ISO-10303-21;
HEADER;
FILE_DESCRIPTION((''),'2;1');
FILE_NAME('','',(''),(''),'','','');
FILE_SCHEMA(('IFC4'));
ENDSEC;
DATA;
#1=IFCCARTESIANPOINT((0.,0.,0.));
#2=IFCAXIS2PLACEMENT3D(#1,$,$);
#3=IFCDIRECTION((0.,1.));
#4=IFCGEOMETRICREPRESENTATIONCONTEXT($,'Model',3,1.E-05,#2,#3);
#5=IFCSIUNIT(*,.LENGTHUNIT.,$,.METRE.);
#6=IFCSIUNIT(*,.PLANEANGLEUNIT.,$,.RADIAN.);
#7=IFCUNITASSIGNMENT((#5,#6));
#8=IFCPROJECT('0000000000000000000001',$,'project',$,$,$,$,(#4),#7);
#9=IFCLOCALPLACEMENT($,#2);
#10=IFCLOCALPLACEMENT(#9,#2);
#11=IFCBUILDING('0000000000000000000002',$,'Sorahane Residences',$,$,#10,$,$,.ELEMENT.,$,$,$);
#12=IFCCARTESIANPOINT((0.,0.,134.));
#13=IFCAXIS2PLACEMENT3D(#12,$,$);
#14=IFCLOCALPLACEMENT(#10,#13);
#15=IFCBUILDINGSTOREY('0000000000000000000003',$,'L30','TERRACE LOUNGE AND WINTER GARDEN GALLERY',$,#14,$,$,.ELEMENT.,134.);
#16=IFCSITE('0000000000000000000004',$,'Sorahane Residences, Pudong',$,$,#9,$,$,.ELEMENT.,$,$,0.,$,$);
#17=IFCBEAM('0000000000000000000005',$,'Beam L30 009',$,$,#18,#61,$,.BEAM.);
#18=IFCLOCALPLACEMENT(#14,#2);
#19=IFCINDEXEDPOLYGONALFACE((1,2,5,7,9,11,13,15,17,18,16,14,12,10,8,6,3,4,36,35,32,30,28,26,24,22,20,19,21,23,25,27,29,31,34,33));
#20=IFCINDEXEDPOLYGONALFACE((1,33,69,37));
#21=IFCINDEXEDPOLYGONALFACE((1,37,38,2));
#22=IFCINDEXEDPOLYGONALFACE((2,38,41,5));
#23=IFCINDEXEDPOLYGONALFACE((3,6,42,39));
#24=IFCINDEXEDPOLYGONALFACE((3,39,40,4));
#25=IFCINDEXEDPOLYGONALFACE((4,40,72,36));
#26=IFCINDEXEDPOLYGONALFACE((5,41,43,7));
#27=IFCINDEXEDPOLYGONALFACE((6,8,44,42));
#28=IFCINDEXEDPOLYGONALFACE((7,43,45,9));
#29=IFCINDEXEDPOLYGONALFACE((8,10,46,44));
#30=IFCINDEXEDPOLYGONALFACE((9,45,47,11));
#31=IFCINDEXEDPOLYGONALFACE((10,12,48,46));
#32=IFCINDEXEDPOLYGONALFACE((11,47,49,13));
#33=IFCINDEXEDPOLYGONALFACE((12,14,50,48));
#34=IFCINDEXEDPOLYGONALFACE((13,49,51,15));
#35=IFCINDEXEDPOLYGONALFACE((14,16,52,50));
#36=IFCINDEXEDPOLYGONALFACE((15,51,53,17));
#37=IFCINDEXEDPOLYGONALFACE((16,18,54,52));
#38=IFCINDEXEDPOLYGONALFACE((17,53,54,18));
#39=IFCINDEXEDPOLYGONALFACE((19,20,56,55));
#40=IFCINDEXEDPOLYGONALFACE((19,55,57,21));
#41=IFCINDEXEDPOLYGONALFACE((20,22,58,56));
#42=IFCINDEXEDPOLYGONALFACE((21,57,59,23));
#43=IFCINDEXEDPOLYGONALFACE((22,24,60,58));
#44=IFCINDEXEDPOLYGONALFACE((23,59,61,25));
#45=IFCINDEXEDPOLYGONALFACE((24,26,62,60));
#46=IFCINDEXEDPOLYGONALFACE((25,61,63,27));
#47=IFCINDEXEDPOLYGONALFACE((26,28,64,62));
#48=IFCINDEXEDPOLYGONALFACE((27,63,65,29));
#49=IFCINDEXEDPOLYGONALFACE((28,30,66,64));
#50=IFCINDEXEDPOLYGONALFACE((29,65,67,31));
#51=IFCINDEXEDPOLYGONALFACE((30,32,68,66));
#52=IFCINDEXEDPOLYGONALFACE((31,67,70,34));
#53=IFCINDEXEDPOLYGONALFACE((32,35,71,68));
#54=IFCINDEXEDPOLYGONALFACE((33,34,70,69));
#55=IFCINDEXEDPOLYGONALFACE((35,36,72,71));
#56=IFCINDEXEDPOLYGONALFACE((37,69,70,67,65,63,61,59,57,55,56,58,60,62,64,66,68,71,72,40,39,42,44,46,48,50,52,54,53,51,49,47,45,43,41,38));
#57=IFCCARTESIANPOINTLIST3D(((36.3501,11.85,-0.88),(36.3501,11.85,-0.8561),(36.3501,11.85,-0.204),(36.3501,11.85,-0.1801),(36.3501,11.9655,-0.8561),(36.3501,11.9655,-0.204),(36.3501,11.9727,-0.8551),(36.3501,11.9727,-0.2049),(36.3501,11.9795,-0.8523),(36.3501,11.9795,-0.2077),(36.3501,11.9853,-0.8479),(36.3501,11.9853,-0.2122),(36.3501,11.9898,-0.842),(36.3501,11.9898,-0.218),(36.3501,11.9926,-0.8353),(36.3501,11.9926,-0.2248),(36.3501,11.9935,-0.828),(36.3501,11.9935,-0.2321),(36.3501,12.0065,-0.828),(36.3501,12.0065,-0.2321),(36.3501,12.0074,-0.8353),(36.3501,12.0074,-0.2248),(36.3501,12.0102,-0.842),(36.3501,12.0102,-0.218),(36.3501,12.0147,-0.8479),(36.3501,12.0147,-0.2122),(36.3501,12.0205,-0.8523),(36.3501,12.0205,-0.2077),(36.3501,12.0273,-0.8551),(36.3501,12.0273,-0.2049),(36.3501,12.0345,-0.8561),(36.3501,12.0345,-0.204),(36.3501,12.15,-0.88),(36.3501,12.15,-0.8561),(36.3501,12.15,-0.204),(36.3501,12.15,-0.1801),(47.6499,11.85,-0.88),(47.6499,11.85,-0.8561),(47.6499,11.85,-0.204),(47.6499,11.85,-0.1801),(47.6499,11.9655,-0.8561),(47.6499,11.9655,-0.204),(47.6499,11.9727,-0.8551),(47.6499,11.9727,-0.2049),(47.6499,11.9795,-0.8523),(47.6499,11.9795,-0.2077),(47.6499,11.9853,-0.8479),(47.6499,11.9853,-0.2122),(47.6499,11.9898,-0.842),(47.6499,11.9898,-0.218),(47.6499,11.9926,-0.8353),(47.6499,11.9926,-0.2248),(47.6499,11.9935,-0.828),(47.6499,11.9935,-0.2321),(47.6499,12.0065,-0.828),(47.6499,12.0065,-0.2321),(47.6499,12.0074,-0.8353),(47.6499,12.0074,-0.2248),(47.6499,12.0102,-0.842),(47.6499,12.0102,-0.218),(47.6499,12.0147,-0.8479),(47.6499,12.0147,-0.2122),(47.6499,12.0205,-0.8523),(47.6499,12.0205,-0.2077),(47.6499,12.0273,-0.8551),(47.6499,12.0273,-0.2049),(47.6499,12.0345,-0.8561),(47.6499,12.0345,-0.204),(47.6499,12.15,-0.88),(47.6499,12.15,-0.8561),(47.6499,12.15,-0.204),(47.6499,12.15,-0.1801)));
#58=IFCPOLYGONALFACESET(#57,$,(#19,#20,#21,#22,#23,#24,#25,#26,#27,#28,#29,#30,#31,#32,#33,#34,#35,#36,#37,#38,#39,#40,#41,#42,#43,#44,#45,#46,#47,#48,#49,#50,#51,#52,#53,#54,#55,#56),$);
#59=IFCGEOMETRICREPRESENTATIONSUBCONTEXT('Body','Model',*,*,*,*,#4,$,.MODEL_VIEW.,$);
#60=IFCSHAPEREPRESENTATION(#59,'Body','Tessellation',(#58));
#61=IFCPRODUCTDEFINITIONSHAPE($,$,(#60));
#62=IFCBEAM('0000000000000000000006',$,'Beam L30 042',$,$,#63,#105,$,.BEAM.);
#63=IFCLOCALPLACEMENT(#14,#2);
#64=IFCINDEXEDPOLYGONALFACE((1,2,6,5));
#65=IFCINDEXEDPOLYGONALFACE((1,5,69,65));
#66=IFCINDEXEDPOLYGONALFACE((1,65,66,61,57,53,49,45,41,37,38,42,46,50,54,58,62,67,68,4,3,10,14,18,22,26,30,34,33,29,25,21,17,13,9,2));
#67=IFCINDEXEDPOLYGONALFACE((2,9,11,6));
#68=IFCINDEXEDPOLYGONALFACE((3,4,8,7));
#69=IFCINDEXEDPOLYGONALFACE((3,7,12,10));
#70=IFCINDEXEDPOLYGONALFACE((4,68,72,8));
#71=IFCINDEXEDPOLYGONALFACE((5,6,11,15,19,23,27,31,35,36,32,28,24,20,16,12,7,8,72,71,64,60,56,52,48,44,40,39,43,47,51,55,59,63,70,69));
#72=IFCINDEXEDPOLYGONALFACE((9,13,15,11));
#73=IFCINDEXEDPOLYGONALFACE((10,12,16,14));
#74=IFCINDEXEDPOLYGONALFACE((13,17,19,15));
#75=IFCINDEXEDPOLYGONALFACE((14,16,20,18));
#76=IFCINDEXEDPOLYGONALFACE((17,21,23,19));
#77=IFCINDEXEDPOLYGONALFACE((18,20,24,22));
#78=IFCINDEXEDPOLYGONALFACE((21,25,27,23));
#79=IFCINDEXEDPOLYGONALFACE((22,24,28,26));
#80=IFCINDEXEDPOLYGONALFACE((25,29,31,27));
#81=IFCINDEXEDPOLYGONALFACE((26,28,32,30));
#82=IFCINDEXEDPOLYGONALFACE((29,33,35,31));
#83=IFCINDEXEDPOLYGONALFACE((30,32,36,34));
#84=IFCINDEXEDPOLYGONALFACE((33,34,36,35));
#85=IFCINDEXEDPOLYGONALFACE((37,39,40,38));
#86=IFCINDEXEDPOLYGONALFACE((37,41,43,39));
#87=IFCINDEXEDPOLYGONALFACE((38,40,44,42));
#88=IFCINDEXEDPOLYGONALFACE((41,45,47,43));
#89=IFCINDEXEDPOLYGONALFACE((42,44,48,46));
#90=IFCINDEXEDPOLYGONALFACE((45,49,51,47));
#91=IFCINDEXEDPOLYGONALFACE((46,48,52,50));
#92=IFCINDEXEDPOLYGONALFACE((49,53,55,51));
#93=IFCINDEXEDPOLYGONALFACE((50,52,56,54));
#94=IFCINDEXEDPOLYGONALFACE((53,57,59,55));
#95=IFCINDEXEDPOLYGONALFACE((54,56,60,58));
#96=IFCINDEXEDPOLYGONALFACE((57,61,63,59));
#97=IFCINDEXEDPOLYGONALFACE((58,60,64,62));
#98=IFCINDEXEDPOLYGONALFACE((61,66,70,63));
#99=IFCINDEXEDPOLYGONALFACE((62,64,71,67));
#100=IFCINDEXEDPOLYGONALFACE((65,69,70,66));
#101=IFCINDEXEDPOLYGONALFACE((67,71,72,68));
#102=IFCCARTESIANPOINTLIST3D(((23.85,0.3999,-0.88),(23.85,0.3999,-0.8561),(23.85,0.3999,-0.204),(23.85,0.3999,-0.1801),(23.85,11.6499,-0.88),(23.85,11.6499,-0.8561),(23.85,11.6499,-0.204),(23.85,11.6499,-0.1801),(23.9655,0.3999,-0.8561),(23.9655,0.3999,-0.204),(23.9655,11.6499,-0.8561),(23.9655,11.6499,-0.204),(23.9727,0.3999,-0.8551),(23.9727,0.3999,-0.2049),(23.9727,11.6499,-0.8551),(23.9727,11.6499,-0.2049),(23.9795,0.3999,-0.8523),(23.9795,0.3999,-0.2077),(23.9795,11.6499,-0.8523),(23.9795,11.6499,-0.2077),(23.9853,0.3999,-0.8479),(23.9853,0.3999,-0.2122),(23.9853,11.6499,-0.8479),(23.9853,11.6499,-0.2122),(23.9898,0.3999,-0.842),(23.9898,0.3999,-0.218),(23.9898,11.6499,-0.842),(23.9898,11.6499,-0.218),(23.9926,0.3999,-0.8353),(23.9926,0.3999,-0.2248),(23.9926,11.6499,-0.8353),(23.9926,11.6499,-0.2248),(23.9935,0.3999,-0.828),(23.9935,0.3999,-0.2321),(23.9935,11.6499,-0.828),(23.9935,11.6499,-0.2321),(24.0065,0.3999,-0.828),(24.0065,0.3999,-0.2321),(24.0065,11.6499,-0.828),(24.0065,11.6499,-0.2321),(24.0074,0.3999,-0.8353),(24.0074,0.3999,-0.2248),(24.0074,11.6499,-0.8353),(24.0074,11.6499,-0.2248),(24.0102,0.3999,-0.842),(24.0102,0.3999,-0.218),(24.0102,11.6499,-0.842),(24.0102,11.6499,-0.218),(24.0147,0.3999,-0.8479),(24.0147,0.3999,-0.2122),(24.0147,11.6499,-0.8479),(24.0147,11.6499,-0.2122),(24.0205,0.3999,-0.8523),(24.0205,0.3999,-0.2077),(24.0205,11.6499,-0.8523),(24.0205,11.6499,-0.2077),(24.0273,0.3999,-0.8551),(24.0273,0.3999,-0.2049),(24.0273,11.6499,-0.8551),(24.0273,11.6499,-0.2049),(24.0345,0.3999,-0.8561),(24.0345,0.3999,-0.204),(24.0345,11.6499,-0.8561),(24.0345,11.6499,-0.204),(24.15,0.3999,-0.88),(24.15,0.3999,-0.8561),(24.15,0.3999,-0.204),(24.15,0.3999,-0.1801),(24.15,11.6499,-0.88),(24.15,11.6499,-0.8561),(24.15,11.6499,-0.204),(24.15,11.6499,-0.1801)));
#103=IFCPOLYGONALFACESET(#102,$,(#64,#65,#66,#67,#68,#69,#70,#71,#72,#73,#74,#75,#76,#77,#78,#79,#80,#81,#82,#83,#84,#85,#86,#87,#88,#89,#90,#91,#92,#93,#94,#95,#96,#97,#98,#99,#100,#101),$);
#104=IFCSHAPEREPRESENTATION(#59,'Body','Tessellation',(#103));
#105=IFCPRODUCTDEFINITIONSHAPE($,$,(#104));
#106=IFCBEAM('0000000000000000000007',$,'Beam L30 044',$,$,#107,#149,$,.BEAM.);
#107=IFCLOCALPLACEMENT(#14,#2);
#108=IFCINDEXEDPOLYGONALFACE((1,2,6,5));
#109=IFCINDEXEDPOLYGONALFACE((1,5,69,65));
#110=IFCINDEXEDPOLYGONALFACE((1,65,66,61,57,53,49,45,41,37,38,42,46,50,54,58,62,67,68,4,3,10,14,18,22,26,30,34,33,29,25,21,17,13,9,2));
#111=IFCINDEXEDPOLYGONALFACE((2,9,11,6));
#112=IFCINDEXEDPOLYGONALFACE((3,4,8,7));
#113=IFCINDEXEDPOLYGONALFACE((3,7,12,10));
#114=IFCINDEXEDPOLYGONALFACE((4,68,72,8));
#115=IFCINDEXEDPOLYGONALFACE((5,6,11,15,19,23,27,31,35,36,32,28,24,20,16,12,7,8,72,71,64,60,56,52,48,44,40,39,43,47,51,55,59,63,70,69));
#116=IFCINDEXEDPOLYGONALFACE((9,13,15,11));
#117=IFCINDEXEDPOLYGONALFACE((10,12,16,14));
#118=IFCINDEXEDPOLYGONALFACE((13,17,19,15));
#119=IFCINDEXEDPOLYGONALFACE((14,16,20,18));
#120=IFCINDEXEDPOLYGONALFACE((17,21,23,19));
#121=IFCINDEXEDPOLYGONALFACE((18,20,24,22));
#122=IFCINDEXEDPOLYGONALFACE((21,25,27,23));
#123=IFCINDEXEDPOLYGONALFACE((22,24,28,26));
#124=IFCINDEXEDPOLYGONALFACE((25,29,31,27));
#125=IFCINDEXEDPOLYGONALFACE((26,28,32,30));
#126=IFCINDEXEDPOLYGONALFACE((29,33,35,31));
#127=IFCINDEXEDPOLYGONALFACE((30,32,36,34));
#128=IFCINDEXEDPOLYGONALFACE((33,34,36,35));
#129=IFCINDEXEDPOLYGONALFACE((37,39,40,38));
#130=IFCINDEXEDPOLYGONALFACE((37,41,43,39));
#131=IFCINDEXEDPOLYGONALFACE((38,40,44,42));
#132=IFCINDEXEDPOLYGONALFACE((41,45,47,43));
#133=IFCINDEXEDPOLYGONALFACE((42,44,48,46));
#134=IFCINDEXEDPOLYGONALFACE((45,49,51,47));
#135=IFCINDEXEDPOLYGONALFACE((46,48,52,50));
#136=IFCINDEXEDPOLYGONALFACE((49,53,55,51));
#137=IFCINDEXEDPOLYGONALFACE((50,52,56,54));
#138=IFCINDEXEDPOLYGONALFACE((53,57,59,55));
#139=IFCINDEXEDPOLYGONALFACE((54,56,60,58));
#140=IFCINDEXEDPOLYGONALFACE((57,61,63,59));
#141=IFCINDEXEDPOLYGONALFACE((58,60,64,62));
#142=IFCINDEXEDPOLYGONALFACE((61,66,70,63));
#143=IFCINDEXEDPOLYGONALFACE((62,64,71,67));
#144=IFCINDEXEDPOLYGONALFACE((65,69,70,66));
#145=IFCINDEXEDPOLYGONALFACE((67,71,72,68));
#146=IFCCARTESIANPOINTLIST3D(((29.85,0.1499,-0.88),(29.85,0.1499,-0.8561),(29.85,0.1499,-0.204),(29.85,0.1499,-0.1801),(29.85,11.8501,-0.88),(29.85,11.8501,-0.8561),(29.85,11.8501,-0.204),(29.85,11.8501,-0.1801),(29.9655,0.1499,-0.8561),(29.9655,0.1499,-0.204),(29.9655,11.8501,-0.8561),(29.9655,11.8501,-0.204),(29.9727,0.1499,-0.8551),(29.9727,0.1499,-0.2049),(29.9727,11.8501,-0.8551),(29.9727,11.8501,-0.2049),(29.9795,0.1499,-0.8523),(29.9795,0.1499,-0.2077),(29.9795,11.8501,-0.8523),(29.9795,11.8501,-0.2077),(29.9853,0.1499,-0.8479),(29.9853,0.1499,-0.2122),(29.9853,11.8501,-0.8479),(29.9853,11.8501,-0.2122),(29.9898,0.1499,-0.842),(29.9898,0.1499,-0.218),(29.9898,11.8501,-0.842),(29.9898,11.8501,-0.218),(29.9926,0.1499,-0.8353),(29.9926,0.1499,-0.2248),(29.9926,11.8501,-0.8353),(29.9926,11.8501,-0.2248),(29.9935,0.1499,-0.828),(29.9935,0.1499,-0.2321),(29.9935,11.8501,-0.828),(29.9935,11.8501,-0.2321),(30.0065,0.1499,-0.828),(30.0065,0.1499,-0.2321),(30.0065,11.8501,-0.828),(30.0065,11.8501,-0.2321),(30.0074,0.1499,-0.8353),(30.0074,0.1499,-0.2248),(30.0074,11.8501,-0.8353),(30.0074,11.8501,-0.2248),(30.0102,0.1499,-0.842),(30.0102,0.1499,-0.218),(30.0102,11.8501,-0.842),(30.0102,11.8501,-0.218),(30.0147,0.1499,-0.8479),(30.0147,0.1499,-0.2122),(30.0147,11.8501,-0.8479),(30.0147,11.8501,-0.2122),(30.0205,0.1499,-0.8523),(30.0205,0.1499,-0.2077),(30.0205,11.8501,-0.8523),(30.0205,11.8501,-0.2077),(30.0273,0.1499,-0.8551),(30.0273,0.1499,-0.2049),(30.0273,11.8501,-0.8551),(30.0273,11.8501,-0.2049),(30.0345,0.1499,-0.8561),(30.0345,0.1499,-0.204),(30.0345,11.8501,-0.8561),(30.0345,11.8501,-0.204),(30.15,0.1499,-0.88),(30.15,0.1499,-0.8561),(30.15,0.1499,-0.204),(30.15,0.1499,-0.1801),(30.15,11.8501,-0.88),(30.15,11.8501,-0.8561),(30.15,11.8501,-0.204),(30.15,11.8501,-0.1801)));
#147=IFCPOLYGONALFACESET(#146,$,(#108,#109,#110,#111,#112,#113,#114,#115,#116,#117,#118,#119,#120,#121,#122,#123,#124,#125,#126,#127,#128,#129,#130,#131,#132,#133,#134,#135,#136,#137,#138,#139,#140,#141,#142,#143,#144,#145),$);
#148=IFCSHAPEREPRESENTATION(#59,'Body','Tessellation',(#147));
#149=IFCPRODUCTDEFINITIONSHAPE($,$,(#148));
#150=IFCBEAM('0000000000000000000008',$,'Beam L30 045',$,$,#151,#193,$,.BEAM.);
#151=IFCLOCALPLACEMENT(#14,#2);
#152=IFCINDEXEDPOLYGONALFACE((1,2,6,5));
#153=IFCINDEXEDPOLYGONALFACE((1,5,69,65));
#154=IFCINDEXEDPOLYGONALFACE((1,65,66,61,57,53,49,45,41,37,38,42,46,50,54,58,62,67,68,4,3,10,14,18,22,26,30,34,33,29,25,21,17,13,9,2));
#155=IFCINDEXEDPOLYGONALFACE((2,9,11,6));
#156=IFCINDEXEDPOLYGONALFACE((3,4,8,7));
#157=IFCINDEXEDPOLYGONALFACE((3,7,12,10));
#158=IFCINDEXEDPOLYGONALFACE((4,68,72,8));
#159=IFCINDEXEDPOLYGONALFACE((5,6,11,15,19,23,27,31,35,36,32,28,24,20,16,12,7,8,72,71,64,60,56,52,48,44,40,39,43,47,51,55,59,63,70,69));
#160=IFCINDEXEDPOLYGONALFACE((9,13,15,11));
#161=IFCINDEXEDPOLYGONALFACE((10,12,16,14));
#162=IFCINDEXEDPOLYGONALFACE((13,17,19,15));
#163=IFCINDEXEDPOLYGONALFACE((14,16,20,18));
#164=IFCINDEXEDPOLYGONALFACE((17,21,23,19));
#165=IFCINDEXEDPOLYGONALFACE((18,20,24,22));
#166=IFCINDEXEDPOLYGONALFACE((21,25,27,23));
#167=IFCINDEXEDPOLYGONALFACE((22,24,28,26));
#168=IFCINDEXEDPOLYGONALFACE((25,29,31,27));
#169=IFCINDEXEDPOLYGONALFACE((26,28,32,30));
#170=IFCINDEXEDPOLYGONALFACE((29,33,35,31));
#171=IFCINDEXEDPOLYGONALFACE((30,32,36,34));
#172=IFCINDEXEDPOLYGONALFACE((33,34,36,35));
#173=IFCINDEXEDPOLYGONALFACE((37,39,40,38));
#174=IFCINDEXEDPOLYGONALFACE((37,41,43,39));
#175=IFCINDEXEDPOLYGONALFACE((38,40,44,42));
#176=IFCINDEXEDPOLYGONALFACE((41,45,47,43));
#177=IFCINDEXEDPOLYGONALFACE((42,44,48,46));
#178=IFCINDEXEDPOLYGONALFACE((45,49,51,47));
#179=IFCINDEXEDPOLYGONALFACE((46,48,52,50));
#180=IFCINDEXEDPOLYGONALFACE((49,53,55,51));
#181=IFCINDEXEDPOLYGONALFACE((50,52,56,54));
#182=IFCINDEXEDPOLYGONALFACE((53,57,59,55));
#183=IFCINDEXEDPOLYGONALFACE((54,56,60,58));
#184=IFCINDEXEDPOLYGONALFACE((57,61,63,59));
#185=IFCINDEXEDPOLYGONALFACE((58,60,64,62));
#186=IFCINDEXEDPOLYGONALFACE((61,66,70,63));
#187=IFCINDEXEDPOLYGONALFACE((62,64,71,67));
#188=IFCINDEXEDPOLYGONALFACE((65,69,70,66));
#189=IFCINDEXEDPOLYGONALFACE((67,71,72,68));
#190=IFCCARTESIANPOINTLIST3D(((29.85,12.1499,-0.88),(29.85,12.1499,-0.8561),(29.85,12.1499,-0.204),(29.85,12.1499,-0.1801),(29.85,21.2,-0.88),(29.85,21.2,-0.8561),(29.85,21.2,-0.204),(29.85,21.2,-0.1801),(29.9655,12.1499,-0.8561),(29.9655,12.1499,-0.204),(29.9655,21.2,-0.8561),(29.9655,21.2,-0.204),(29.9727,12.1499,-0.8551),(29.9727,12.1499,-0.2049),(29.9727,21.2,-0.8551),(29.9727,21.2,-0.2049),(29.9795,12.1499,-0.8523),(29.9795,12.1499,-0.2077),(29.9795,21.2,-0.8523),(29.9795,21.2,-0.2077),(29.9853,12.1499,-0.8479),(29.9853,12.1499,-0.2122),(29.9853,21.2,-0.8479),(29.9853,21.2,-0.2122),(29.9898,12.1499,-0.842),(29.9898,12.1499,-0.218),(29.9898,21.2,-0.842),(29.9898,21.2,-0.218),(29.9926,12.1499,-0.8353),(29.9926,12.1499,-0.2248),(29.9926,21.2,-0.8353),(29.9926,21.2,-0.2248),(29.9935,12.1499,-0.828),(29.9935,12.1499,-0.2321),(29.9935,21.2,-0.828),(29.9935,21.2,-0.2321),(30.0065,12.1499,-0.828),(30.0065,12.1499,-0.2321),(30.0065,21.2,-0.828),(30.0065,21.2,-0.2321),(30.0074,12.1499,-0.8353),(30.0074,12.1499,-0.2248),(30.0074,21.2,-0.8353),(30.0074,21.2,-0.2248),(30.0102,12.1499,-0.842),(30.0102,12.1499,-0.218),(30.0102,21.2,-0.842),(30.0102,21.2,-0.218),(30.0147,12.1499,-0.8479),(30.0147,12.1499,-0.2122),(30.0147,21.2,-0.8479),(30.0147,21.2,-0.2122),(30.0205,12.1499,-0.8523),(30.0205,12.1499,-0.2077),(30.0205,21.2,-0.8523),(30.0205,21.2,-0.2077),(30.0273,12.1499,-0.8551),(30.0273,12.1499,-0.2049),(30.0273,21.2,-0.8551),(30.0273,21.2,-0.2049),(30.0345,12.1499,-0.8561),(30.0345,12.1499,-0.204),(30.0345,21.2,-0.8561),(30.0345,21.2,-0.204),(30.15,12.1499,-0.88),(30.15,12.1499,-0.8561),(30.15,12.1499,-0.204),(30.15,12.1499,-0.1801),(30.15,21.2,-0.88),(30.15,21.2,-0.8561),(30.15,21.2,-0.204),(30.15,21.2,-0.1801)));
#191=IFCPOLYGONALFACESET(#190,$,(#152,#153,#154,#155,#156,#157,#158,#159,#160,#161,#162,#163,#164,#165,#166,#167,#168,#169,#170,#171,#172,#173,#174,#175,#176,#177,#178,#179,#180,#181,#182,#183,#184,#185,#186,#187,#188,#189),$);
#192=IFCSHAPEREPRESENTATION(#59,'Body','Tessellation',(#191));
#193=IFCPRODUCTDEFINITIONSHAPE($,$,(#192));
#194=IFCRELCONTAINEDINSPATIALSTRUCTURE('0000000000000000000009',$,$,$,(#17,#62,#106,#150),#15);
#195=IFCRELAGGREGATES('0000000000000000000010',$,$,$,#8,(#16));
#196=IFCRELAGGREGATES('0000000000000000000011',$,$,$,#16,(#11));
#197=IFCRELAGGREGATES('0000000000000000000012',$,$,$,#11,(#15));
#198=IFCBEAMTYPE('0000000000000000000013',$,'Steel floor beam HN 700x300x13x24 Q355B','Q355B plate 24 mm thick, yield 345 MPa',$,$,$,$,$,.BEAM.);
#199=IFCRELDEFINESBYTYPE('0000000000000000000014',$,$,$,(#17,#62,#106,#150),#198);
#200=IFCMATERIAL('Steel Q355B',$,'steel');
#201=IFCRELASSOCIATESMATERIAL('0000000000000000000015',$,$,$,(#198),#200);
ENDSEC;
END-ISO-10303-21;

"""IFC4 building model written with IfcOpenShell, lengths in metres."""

from ifc_helpers import new_model, si_unit, direction, frame, origin, origin_2d, place, context, subcontext, project, spatial, i_section, extrude, material, material_profile, profile_set, type_object, element, save


model = new_model("IFC4")

# Units and contexts
model_context = context("Model", 3, precision=1e-05, world=origin(), true_north=direction((0.0, 1.0)))
body_context = subcontext(model_context, "Body", "Model", "MODEL_VIEW")
ifc_project = project(units=[si_unit("LENGTHUNIT", "METRE"), si_unit("PLANEANGLEUNIT", "RADIAN")], contexts=[model_context])

# Site, building, storey
site_placement = place(None, origin())
site = spatial("IfcSite", under=ifc_project, at=site_placement, Name="Sorahane Residences, Pudong", CompositionType="ELEMENT", RefElevation=0.0)
building_placement = place(site_placement, origin())
building = spatial("IfcBuilding", under=site, at=building_placement, Name="Sorahane Residences", CompositionType="ELEMENT")
storey_placement = place(building_placement, frame((0.0, 0.0, 134.0)))
storey = spatial("IfcBuildingStorey", under=building, at=storey_placement, Name="L30", Description="TERRACE LOUNGE AND WINTER GARDEN GALLERY", CompositionType="ELEMENT", Elevation=134.0)

# Beams
ifc_material_1 = material(Name="Steel Q355B", Category="steel")
ifc_material_profile_1 = material_profile(ifc_material_1, i_section(OverallWidth=0.3, OverallDepth=0.7, WebThickness=0.0129, FlangeThickness=0.0239, FilletRadius=0.0281, at=origin_2d()), Name="HN 700x300x13x24")
ifc_profile_set_1 = profile_set([ifc_material_profile_1], Name="Steel Q355B")
beam_type_1 = type_object("IfcBeamType", Name="Steel floor beam HN 700x300x13x24 Q355B", Description="Q355B plate 24 mm thick, yield 345 MPa", PredefinedType="BEAM", material=ifc_profile_set_1)
for number, where, z_axis, x_axis, name in (
    (1, (36.3501, 12.0, -0.53), (1.0, 0.0, 0.0), (0.0, 1.0, 0.0), "Beam L30 009"),
):
    element("IfcBeam", number, at=place(storey_placement, frame(where, z_axis=z_axis, x_axis=x_axis)), inside=storey, type_object=beam_type_1, Name=name, PredefinedType="BEAM", context=body_context, shape_type="SweptSolid", body=[
        extrude(i_section(OverallWidth=0.3, OverallDepth=0.7, WebThickness=0.0129, FlangeThickness=0.0239, FilletRadius=0.0281, at=origin_2d()), origin(), (0.0, 0.0, 1.0), 11.2998),
    ])
beam_1_placement = place(storey_placement, frame((24.0, 0.3999, -0.53), z_axis=(0.0, 1.0, 0.0), x_axis=(-1.0, 0.0, 0.0)))
element("IfcBeam", 2, at=beam_1_placement, inside=storey, type_object=beam_type_1, Name="Beam L30 042", PredefinedType="BEAM", context=body_context, shape_type="SweptSolid", body=[
    extrude(i_section(OverallWidth=0.3, OverallDepth=0.7, WebThickness=0.0129, FlangeThickness=0.0239, FilletRadius=0.0281, at=origin_2d()), origin(), (0.0, 0.0, 1.0), 11.25),
])
beam_2_placement = place(storey_placement, frame((30.0, 0.1499, -0.53), z_axis=(0.0, 1.0, 0.0), x_axis=(-1.0, 0.0, 0.0)))
element("IfcBeam", 3, at=beam_2_placement, inside=storey, type_object=beam_type_1, Name="Beam L30 044", PredefinedType="BEAM", context=body_context, shape_type="SweptSolid", body=[
    extrude(i_section(OverallWidth=0.3, OverallDepth=0.7, WebThickness=0.0129, FlangeThickness=0.0239, FilletRadius=0.0281, at=origin_2d()), origin(), (0.0, 0.0, 1.0), 11.7002),
])
beam_3_placement = place(storey_placement, frame((30.0, 12.1499, -0.53), z_axis=(0.0, 1.0, 0.0), x_axis=(-1.0, 0.0, 0.0)))
element("IfcBeam", 4, at=beam_3_placement, inside=storey, type_object=beam_type_1, Name="Beam L30 045", PredefinedType="BEAM", context=body_context, shape_type="SweptSolid", body=[
    extrude(i_section(OverallWidth=0.3, OverallDepth=0.7, WebThickness=0.0129, FlangeThickness=0.0239, FilletRadius=0.0281, at=origin_2d()), origin(), (0.0, 0.0, 1.0), 9.05),
])

save(model, "model.ifc")
